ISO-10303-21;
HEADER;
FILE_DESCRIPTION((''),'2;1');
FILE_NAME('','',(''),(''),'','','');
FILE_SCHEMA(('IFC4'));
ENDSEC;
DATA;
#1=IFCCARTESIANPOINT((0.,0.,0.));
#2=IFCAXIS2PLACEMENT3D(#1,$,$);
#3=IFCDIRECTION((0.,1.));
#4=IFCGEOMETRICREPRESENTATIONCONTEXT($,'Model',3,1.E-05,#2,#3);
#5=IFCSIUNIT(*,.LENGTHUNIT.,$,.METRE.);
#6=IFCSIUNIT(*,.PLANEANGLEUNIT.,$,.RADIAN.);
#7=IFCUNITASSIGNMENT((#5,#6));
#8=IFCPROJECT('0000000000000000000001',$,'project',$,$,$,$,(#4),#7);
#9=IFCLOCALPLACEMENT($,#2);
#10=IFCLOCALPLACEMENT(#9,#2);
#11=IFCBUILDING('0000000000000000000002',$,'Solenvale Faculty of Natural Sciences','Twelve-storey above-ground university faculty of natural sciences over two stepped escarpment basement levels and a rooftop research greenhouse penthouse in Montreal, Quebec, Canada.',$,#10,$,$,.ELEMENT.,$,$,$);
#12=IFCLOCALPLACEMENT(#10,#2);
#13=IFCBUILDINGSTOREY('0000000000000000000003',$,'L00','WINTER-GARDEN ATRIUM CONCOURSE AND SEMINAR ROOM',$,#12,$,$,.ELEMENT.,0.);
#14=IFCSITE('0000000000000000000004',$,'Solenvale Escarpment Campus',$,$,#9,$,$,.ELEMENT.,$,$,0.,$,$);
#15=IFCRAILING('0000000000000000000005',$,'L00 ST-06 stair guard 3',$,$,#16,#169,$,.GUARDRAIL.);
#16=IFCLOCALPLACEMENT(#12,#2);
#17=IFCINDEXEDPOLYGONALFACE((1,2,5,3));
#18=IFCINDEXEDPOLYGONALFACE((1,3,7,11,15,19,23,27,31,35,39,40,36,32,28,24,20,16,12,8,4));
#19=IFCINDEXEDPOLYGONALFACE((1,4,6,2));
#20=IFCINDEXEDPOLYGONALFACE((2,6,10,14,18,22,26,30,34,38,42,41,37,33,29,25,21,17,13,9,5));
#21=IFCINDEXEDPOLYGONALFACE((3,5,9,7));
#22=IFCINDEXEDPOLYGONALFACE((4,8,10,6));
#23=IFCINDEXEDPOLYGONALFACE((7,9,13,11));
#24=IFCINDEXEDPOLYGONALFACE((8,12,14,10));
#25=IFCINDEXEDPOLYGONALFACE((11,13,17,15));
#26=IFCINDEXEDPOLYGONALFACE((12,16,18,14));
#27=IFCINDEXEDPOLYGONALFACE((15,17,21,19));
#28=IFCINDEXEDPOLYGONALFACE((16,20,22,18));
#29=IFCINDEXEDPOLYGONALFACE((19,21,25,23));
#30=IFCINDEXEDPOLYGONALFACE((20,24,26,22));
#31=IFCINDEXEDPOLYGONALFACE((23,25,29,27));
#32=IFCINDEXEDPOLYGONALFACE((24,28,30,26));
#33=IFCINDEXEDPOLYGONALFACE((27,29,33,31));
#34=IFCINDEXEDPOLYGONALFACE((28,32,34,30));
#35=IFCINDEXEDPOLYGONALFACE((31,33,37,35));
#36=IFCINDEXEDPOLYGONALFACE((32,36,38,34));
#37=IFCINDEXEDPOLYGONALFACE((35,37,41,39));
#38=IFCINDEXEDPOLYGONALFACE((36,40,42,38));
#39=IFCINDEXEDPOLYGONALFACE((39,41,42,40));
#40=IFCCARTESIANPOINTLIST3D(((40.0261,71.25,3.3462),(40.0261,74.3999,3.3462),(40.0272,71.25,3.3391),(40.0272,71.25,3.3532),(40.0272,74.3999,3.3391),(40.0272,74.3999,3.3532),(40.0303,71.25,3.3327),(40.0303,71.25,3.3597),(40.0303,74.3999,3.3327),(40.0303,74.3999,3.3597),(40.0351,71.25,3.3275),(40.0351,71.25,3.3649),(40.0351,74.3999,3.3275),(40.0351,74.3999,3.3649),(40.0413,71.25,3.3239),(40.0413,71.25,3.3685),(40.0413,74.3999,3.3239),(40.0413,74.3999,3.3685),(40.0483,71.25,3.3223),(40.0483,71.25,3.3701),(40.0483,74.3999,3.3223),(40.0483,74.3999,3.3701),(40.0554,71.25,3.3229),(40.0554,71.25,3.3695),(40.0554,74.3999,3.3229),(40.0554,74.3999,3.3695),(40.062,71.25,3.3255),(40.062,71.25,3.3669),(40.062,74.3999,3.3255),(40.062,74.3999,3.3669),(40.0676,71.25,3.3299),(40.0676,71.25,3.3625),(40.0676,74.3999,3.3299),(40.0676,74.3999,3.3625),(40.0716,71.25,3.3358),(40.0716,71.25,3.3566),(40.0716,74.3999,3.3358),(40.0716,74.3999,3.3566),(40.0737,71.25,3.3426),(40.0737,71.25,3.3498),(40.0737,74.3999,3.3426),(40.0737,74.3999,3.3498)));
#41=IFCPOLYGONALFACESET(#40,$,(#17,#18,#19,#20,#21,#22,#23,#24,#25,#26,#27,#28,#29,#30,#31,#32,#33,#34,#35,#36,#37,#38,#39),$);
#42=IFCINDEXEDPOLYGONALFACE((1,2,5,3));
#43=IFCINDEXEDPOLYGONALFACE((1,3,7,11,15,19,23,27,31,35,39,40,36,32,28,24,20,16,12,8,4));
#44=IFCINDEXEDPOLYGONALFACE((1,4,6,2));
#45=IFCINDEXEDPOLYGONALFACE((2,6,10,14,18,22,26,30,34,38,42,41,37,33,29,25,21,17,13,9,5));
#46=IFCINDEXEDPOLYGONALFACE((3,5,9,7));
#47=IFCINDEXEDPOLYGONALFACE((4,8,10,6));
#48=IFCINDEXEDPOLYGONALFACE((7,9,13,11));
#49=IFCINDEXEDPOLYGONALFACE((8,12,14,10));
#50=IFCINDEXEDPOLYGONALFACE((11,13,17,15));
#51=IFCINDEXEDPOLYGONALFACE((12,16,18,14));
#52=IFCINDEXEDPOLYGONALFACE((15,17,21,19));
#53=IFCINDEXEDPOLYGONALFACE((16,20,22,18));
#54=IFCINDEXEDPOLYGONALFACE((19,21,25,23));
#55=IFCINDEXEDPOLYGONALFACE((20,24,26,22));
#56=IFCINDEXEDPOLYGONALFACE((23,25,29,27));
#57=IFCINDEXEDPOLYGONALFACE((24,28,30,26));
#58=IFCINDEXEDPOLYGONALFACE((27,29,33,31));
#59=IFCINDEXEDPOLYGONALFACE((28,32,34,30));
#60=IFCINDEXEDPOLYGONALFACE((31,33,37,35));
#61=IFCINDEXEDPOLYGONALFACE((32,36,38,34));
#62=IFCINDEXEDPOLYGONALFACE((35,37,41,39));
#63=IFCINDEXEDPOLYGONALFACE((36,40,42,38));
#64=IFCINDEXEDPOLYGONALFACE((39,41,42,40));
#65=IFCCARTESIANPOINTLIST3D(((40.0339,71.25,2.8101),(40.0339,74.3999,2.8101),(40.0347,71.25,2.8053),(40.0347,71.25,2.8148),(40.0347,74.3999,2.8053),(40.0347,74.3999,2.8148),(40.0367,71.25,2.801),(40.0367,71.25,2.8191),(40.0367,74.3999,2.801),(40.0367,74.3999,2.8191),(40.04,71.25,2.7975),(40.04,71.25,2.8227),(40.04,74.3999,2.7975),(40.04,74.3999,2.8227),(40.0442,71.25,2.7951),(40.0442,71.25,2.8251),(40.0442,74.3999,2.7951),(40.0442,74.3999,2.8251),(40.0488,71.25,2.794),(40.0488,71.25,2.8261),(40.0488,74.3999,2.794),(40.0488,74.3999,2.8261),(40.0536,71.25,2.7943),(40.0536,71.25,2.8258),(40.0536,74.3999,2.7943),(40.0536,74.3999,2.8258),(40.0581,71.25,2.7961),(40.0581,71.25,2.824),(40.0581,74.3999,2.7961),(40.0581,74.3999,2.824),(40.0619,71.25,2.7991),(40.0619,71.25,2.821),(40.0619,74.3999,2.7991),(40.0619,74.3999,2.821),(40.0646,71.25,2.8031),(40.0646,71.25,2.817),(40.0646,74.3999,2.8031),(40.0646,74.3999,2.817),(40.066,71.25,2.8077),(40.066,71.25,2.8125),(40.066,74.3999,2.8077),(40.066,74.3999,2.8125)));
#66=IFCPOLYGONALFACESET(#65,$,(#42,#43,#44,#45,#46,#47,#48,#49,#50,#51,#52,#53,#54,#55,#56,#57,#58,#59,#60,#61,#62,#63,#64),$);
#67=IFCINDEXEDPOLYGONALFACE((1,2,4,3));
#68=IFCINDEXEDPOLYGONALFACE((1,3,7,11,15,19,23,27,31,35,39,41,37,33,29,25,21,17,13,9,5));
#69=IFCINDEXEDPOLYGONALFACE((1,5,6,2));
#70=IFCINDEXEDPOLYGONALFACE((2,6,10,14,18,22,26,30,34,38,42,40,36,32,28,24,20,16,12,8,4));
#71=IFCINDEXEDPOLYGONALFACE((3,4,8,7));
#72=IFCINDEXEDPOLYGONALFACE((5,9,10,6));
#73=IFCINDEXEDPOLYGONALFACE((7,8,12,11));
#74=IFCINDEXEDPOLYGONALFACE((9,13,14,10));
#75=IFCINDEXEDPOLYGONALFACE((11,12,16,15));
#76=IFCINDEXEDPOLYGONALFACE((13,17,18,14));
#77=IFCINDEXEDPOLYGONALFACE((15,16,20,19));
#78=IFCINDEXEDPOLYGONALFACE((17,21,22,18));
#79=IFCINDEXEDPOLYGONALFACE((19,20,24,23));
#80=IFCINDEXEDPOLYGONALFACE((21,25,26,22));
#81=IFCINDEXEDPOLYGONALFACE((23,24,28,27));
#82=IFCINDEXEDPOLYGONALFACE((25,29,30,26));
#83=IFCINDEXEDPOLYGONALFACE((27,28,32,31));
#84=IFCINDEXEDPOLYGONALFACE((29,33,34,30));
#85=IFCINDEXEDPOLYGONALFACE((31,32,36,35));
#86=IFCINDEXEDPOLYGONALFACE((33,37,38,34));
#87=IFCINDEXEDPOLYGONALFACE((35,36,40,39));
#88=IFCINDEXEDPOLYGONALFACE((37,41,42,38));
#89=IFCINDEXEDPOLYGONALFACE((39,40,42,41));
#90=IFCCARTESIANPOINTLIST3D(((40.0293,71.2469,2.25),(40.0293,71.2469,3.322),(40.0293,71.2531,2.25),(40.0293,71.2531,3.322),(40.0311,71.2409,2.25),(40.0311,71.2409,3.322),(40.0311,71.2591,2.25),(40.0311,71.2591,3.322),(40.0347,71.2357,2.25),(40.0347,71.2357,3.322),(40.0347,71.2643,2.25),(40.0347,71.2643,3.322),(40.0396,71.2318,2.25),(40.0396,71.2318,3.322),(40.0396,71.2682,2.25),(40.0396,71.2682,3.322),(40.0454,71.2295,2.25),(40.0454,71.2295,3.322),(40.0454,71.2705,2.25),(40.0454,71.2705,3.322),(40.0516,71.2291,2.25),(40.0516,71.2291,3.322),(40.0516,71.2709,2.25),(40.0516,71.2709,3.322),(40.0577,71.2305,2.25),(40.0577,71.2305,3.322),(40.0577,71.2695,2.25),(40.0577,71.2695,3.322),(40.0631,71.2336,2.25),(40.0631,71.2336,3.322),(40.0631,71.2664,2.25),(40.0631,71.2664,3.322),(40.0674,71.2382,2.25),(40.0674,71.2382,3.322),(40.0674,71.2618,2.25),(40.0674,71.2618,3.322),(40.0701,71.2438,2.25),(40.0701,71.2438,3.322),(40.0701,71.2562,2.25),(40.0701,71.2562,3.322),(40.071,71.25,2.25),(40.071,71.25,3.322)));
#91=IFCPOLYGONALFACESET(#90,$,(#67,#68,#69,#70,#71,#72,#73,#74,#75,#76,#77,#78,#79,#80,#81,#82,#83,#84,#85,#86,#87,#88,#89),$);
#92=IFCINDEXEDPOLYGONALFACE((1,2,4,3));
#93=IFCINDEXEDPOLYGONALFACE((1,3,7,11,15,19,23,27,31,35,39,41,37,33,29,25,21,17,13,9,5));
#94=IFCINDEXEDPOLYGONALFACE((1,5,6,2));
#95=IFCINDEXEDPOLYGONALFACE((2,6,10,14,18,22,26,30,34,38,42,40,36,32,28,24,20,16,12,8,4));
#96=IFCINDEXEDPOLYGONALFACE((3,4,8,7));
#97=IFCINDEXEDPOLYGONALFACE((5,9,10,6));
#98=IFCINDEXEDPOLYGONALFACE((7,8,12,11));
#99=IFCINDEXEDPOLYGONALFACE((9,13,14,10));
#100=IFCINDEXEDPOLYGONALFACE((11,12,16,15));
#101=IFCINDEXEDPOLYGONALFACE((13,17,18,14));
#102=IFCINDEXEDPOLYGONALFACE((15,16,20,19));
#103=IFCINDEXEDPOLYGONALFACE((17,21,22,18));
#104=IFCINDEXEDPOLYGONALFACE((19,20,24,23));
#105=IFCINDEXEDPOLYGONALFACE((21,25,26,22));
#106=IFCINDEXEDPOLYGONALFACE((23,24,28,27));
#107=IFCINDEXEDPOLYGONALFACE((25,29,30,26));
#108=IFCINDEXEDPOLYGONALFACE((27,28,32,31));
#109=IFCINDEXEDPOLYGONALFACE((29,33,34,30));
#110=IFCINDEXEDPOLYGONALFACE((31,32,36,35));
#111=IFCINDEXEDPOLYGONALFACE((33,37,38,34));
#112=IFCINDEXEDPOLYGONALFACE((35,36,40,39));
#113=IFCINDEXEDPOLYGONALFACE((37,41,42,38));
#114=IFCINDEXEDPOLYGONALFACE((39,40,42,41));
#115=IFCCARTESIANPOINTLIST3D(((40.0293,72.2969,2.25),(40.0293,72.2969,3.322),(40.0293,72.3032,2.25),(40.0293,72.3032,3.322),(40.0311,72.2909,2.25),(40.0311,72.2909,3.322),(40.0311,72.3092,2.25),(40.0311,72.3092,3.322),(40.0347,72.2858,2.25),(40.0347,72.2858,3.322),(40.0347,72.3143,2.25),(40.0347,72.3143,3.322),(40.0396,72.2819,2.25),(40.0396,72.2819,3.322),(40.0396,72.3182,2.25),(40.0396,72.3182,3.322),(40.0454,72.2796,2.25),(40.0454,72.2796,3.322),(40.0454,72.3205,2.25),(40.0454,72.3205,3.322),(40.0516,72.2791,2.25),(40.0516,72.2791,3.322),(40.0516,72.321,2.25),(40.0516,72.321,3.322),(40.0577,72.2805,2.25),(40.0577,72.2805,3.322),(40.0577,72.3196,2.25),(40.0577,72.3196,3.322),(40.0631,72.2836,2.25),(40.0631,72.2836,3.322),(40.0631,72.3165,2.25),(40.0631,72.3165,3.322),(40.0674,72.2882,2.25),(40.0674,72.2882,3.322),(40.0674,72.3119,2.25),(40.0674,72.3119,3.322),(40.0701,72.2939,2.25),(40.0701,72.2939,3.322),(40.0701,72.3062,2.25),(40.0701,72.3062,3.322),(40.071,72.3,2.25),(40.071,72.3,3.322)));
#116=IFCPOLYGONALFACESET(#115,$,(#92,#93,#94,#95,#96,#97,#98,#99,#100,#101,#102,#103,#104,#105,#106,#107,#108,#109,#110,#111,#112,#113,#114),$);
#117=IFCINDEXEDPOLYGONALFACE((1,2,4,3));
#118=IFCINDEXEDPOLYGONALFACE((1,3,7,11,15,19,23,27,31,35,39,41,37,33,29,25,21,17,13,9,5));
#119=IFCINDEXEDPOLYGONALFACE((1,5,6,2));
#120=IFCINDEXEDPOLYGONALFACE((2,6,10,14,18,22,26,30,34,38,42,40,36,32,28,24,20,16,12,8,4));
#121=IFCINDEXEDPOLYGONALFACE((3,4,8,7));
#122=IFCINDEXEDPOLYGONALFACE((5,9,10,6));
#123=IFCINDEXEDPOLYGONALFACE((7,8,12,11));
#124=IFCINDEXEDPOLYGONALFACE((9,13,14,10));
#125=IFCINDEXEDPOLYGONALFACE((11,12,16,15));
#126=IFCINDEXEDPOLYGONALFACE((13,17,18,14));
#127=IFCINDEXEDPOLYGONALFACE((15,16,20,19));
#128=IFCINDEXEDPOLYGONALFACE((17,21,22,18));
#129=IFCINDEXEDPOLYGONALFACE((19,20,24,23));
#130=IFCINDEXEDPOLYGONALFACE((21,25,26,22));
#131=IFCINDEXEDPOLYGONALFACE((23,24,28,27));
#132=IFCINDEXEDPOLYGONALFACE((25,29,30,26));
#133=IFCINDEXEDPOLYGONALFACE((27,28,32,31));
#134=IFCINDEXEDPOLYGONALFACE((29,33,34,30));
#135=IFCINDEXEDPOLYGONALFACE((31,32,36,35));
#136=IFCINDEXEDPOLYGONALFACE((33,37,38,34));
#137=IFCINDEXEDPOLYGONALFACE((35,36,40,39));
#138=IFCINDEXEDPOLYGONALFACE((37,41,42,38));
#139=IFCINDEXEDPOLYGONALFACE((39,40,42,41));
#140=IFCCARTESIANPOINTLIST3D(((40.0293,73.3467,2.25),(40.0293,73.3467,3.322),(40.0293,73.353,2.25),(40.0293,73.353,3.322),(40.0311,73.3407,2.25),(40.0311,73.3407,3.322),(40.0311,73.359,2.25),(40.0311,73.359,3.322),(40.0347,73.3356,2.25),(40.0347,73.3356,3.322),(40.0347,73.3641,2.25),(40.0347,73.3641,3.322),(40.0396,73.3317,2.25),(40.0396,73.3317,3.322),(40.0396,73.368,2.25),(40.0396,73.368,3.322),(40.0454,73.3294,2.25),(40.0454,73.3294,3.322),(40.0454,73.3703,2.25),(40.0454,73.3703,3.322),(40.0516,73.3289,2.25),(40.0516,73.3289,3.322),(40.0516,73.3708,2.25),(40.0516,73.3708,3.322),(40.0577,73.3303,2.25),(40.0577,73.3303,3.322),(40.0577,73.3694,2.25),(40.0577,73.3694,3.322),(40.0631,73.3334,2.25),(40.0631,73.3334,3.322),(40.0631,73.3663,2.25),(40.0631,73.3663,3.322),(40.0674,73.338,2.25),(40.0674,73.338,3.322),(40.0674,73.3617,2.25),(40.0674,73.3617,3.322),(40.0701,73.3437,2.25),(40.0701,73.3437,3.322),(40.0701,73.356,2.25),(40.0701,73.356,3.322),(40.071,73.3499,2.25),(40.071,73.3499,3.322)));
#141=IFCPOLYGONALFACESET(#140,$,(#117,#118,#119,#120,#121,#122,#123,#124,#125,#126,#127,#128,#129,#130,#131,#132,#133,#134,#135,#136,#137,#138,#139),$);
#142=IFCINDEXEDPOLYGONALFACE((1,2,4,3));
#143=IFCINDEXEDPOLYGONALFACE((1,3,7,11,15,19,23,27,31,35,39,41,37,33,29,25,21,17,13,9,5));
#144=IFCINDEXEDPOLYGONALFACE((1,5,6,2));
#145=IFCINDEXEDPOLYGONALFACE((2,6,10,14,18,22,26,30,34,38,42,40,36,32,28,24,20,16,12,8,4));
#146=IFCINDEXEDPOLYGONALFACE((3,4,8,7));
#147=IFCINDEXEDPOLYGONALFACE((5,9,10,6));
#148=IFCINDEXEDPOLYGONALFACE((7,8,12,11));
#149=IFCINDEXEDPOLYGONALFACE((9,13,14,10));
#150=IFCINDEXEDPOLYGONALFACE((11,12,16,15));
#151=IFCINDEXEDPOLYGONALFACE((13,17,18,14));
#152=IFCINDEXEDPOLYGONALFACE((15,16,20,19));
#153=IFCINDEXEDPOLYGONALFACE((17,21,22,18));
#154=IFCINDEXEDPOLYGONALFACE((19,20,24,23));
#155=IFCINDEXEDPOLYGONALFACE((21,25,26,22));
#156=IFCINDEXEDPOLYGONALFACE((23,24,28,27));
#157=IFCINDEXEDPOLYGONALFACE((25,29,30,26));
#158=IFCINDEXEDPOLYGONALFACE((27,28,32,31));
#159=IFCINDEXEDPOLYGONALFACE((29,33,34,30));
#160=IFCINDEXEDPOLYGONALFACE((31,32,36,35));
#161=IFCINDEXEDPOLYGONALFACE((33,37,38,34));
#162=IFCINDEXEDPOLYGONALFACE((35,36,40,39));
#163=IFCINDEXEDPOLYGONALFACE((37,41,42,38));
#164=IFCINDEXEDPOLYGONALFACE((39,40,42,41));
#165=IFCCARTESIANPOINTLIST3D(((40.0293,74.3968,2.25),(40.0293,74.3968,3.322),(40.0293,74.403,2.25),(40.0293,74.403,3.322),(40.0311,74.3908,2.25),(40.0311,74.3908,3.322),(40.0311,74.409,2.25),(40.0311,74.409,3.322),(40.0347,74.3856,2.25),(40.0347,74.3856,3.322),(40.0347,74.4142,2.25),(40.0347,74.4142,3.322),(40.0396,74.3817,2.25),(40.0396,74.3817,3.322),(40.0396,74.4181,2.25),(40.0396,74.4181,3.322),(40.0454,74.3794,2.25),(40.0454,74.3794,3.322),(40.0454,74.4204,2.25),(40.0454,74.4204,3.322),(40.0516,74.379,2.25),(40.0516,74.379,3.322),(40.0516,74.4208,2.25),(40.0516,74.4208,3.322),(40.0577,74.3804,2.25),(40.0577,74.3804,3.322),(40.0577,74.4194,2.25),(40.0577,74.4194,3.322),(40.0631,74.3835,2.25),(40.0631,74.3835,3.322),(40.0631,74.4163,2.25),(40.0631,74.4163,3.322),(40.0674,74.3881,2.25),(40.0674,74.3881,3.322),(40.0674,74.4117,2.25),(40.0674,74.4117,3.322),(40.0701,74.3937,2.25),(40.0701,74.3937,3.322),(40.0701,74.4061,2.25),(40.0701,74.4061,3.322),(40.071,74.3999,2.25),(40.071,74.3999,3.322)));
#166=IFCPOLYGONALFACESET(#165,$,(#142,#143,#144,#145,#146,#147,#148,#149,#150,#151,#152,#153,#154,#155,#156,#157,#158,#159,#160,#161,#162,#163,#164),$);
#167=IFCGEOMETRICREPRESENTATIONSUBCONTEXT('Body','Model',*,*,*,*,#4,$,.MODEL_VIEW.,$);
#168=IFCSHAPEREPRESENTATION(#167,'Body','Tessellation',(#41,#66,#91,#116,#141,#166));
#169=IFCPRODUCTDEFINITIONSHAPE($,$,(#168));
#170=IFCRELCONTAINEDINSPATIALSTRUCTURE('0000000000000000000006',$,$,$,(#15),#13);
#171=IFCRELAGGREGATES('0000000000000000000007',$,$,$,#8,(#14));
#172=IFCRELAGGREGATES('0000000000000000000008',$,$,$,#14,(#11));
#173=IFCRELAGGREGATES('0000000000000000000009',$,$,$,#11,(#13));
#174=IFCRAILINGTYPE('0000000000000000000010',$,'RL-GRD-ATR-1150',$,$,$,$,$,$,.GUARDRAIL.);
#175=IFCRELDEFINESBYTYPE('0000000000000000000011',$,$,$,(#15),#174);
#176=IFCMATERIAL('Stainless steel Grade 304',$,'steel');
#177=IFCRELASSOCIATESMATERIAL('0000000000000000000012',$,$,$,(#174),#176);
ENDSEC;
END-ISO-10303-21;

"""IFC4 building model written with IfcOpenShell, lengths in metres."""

from ifc_helpers import new_model, si_unit, direction, frame, origin, origin_2d, place, context, subcontext, project, spatial, circle, extrude, material, type_object, element, save


model = new_model("IFC4")

# Units and contexts
model_context = context("Model", 3, precision=1e-05, world=origin(), true_north=direction((0.0, 1.0)))
body_context = subcontext(model_context, "Body", "Model", "MODEL_VIEW")
ifc_project = project(units=[si_unit("LENGTHUNIT", "METRE"), si_unit("PLANEANGLEUNIT", "RADIAN")], contexts=[model_context])

# Site, building, storey
site_placement = place(None, origin())
site = spatial("IfcSite", under=ifc_project, at=site_placement, Name="Solenvale Escarpment Campus", CompositionType="ELEMENT", RefElevation=0.0)
building_placement = place(site_placement, origin())
building = spatial("IfcBuilding", under=site, at=building_placement, Name="Solenvale Faculty of Natural Sciences", Description="Twelve-storey above-ground university faculty of natural sciences over two stepped escarpment basement levels and a rooftop research greenhouse penthouse in Montreal, Quebec, Canada.", CompositionType="ELEMENT")
storey_placement = place(building_placement, origin())
storey = spatial("IfcBuildingStorey", under=building, at=storey_placement, Name="L00", Description="WINTER-GARDEN ATRIUM CONCOURSE AND SEMINAR ROOM", CompositionType="ELEMENT", Elevation=0.0)

# Railing
ifc_material_1 = material(Name="Stainless steel Grade 304", Category="steel")
railing_type_1 = type_object("IfcRailingType", Name="RL-GRD-ATR-1150", PredefinedType="GUARDRAIL", material=ifc_material_1)
for number, where, name in (
    (1, (40.05, 71.25, 2.25), "L00 ST-06 stair guard 3"),
):
    element("IfcRailing", number, at=place(storey_placement, frame(where)), inside=storey, type_object=railing_type_1, Name=name, PredefinedType="GUARDRAIL", context=body_context, shape_type="SweptSolid", body=[
        extrude(circle(Radius=0.0239, at=origin_2d()), frame((0.0, 0.0, 1.0962), z_axis=(0.0, 1.0, 0.0), x_axis=(-1.0, 0.0, 0.0)), (0.0, 0.0, 1.0), 3.1499),
        extrude(circle(Radius=0.0161, at=origin_2d()), frame((0.0, 0.0, 0.5601), z_axis=(0.0, 1.0, 0.0), x_axis=(-1.0, 0.0, 0.0)), (0.0, 0.0, 1.0), 3.1499),
        extrude(circle(Radius=0.021, at=origin_2d()), origin(), (0.0, 0.0, 1.0), 1.072),
        extrude(circle(Radius=0.021, at=origin_2d()), frame((0.0, 1.05, 0.0)), (0.0, 0.0, 1.0), 1.072),
        extrude(circle(Radius=0.021, at=origin_2d()), frame((0.0, 2.0999, 0.0)), (0.0, 0.0, 1.0), 1.072),
        extrude(circle(Radius=0.021, at=origin_2d()), frame((0.0, 3.1499, 0.0)), (0.0, 0.0, 1.0), 1.072),
    ])

save(model, "model.ifc")
